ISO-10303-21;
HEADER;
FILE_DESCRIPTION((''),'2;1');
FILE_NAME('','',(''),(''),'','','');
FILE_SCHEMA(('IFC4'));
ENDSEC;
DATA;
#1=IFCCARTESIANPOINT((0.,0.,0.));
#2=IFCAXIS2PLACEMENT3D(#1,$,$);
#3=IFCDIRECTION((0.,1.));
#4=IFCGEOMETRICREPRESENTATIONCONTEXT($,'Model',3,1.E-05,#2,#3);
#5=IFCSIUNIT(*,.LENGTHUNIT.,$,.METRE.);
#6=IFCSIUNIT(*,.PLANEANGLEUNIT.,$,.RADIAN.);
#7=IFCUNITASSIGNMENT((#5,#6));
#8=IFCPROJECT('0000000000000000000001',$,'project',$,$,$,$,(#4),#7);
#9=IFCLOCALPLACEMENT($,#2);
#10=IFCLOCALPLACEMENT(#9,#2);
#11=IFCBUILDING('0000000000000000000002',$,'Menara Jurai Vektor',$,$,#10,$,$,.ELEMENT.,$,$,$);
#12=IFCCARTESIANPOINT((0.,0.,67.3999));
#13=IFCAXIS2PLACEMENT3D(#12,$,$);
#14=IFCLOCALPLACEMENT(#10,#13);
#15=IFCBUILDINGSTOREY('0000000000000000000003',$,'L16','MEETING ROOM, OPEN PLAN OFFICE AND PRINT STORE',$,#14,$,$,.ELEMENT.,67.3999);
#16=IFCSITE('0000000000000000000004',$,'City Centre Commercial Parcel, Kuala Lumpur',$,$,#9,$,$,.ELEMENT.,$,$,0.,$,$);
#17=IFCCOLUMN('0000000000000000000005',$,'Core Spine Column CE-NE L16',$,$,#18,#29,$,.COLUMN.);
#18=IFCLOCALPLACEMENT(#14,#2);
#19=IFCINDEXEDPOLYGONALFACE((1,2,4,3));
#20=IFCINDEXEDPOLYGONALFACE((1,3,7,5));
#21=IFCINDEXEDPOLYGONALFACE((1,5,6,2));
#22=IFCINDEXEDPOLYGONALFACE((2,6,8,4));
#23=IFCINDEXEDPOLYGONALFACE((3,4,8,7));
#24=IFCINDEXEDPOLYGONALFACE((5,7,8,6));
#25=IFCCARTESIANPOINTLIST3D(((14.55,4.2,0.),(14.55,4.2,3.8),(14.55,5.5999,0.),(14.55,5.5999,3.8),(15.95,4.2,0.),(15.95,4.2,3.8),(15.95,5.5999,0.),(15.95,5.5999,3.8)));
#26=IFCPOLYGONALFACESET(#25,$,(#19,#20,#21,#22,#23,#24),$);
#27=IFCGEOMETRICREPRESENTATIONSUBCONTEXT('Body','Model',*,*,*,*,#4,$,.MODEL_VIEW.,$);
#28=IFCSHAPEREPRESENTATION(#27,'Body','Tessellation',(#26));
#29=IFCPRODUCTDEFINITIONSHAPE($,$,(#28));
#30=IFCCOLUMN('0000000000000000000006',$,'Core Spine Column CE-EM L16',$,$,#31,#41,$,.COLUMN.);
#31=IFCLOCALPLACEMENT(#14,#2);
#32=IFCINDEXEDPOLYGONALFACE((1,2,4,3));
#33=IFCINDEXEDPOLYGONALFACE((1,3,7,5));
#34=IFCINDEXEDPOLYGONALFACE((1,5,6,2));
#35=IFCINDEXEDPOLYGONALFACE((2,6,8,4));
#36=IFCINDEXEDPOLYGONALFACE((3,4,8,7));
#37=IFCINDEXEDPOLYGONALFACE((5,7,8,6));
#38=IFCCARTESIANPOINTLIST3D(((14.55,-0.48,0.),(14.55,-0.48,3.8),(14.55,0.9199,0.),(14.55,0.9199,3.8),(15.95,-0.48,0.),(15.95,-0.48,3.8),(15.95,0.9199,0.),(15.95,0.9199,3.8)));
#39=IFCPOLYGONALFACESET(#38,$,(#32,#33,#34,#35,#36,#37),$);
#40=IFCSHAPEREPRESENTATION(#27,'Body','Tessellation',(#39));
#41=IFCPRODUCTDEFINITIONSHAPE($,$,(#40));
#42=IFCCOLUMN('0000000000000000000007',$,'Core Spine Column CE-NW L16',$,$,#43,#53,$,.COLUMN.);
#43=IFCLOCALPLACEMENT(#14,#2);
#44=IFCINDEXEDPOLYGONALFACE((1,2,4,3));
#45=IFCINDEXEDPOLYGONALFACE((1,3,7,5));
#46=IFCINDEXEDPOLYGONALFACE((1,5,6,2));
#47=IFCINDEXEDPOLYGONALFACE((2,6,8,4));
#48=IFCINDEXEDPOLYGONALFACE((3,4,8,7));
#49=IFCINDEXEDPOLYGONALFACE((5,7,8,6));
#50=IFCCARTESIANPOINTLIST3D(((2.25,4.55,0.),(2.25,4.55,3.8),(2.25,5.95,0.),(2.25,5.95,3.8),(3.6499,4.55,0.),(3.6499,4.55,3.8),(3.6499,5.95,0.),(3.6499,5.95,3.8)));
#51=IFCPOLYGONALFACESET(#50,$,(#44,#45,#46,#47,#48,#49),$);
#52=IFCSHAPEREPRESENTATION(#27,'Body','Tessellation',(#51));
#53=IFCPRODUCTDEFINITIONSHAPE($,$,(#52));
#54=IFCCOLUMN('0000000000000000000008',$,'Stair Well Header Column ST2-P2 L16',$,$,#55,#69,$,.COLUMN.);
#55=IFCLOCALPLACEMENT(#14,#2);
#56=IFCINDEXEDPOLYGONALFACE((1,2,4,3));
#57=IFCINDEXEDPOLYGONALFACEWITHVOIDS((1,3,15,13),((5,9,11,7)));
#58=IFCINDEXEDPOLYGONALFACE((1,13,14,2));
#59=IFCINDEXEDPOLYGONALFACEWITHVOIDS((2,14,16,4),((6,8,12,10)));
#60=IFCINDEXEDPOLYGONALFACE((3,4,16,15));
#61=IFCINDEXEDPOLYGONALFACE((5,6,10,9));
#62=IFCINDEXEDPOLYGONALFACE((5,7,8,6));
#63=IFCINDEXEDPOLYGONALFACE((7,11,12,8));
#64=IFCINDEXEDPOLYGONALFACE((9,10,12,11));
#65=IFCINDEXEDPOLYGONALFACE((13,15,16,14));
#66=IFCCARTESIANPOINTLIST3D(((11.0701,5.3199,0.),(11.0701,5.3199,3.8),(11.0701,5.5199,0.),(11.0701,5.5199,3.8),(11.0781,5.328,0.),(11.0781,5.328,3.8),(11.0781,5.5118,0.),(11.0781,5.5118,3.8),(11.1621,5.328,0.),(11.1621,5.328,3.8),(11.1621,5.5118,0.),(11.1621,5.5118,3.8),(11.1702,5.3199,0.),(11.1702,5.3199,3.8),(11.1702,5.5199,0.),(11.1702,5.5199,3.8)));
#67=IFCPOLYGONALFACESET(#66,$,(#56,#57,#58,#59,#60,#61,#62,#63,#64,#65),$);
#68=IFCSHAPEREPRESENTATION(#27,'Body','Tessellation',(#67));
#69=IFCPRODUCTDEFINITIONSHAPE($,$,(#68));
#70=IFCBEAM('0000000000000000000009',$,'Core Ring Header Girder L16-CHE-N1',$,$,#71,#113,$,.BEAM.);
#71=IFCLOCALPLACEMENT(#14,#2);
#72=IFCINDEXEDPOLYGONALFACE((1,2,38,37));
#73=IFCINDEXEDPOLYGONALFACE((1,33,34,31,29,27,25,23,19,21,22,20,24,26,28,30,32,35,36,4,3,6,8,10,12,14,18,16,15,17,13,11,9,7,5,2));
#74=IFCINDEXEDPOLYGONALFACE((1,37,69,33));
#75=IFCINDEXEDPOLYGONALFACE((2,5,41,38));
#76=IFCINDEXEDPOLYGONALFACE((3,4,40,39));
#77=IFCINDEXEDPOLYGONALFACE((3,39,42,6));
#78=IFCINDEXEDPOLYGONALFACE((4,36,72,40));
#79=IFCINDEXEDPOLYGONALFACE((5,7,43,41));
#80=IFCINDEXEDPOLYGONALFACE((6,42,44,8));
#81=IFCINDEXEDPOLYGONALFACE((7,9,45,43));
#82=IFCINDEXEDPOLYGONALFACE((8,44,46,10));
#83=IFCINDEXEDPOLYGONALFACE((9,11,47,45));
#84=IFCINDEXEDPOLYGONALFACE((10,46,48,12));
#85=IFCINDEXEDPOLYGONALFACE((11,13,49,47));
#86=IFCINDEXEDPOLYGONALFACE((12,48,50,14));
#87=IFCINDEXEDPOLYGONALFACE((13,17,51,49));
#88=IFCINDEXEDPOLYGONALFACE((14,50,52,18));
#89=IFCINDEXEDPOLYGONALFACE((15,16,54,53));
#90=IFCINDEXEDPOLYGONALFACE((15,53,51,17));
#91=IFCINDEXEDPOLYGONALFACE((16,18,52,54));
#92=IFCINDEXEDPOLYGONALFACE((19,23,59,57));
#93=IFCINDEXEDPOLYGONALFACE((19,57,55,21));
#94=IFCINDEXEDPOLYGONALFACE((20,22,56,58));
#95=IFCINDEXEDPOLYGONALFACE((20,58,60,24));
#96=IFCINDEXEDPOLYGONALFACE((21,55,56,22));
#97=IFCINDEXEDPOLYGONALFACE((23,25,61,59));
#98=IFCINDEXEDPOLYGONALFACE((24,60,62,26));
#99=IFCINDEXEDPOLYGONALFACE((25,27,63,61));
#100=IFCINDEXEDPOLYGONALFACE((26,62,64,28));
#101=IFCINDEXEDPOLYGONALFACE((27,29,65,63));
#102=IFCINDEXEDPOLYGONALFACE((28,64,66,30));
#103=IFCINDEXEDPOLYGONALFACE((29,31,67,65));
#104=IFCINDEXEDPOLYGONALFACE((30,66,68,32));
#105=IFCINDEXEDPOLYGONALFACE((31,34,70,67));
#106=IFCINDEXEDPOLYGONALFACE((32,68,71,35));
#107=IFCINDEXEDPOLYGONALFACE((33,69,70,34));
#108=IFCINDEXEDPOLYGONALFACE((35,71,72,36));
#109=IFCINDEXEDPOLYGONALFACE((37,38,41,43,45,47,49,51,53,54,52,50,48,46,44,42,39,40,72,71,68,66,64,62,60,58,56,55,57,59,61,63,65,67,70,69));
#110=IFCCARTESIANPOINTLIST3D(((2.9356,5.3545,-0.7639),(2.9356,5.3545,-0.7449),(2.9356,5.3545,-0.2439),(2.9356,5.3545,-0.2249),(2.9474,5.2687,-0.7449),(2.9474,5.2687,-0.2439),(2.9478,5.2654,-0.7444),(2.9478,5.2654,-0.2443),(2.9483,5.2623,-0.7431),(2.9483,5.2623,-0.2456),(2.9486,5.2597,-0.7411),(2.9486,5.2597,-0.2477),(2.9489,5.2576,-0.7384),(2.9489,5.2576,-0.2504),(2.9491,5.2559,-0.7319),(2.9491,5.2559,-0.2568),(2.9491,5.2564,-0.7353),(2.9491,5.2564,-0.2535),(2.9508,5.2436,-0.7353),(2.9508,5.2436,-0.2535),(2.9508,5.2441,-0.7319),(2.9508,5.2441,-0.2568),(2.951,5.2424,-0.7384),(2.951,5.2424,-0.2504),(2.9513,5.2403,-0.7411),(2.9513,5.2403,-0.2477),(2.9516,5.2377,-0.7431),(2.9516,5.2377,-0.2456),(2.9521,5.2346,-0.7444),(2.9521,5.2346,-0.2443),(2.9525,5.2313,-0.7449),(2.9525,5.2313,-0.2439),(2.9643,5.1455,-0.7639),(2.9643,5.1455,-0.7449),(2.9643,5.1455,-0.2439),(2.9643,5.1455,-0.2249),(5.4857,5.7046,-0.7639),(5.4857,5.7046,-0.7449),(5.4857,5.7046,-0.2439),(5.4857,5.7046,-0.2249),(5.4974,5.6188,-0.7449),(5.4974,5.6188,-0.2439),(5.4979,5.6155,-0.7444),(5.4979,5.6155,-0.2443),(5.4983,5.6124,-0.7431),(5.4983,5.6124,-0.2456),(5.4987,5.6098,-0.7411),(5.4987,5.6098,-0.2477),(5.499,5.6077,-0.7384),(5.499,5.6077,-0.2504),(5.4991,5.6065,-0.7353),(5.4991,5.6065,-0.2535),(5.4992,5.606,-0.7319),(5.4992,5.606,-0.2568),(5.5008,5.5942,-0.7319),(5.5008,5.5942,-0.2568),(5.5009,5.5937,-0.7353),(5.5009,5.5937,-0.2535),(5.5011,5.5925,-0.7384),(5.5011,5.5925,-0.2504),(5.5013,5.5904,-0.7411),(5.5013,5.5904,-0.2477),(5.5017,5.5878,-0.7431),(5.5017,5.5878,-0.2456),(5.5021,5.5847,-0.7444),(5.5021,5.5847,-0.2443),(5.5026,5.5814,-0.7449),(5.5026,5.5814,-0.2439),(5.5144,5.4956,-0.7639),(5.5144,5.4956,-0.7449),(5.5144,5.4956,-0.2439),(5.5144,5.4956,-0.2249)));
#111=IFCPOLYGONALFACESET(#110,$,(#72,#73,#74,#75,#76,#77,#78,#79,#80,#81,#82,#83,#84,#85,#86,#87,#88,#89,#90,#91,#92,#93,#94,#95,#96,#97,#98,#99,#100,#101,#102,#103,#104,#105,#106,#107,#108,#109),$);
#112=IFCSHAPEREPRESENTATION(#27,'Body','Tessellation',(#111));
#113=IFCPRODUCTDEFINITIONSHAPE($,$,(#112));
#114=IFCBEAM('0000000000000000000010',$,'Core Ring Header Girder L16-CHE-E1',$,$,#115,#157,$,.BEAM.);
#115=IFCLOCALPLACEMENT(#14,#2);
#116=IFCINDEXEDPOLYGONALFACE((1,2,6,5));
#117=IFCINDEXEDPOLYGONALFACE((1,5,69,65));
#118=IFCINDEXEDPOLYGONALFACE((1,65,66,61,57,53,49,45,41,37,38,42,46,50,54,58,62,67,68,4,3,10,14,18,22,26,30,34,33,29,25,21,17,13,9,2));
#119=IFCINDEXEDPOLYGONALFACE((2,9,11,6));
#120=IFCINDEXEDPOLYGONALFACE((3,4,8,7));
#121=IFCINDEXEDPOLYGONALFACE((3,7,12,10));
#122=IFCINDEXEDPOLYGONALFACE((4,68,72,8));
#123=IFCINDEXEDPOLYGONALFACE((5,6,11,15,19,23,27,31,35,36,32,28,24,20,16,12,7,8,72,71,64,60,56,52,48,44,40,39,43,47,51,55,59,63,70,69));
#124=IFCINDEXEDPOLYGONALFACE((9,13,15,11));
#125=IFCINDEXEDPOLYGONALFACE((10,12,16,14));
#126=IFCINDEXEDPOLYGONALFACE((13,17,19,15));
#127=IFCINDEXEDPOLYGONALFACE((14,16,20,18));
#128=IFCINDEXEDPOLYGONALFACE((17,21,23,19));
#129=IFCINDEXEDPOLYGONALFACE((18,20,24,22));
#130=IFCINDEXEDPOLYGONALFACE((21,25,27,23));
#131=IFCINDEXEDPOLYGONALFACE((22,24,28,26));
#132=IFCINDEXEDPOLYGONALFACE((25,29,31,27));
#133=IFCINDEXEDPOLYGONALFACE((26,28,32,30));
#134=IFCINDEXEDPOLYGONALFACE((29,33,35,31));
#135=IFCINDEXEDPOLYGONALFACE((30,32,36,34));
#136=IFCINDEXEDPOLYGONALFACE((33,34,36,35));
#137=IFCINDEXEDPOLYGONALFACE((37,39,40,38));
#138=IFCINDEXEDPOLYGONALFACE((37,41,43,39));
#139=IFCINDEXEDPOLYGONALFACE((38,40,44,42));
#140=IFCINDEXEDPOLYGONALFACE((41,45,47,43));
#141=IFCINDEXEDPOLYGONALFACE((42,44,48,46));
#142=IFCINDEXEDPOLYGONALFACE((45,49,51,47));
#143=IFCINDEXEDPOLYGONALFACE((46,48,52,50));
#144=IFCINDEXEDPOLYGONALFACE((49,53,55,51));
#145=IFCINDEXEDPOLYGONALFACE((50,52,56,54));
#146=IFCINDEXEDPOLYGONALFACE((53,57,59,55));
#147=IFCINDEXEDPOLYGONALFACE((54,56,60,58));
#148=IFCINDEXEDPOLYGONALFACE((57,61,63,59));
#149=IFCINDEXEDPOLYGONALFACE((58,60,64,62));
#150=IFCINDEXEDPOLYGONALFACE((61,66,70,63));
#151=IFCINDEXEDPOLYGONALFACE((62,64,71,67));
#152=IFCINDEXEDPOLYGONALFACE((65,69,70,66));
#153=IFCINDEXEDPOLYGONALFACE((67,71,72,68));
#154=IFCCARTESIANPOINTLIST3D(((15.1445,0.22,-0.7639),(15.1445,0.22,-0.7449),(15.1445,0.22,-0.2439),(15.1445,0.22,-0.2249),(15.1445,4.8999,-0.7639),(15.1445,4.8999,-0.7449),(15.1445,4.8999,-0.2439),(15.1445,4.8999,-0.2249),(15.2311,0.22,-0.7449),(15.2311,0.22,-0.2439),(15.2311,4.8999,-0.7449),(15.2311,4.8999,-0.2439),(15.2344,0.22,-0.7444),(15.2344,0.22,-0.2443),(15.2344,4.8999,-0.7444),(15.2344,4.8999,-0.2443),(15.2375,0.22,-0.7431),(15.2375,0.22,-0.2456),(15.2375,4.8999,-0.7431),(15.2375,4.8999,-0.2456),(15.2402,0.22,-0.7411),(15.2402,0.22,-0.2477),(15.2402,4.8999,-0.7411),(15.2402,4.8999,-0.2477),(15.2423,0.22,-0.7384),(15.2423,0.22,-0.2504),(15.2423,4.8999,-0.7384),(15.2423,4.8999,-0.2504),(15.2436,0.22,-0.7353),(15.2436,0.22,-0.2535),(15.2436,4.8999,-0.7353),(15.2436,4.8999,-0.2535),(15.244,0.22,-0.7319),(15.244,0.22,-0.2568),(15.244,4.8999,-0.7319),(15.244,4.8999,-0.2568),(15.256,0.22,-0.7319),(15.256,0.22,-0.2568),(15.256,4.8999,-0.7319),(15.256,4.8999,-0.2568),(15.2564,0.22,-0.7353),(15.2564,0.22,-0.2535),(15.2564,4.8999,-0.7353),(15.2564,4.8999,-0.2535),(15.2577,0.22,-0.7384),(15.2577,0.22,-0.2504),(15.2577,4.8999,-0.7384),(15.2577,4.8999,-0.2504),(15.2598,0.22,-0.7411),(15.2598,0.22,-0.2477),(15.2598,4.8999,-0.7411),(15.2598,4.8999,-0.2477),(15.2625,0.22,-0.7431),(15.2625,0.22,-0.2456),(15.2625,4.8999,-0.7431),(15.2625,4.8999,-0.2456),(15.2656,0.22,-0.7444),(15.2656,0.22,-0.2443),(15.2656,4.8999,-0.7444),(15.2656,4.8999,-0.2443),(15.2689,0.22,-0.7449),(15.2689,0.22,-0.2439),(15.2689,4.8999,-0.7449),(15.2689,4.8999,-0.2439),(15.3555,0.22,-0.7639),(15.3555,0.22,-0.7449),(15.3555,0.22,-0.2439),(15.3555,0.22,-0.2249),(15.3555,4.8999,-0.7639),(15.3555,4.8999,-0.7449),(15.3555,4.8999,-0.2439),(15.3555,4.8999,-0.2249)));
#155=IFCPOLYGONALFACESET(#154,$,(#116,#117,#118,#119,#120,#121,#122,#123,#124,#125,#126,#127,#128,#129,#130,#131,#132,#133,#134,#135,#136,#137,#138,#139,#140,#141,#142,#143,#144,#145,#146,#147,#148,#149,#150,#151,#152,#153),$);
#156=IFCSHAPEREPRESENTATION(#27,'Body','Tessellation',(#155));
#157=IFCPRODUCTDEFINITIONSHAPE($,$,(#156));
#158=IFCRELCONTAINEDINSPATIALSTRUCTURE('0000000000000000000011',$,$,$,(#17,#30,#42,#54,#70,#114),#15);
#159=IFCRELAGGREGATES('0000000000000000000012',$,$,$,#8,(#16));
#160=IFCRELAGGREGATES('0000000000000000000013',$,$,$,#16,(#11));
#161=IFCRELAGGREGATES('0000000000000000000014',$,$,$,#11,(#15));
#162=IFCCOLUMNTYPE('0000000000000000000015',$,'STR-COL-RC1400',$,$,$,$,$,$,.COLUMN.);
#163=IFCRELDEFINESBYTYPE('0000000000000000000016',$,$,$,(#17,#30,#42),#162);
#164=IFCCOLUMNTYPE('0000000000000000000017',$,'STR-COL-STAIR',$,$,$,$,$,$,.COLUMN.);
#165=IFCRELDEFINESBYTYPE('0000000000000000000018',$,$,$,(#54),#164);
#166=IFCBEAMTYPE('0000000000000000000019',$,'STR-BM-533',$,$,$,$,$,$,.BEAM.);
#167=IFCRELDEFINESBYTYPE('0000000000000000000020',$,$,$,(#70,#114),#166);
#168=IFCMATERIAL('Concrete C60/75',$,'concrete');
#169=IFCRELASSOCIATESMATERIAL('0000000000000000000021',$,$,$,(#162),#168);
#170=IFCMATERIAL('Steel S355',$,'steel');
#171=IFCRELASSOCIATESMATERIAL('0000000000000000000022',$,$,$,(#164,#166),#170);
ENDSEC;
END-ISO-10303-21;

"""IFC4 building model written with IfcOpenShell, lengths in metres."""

from ifc_helpers import new_model, si_unit, direction, frame, origin, origin_2d, place, context, subcontext, project, spatial, rectangle, hollow_rectangle, i_section, extrude, material, material_profile, profile_set, type_object, element, save


model = new_model("IFC4")

# Units and contexts
model_context = context("Model", 3, precision=1e-05, world=origin(), true_north=direction((0.0, 1.0)))
body_context = subcontext(model_context, "Body", "Model", "MODEL_VIEW")
ifc_project = project(units=[si_unit("LENGTHUNIT", "METRE"), si_unit("PLANEANGLEUNIT", "RADIAN")], contexts=[model_context])

# Site, building, storey
site_placement = place(None, origin())
site = spatial("IfcSite", under=ifc_project, at=site_placement, Name="City Centre Commercial Parcel, Kuala Lumpur", CompositionType="ELEMENT", RefElevation=0.0)
building_placement = place(site_placement, origin())
building = spatial("IfcBuilding", under=site, at=building_placement, Name="Menara Jurai Vektor", CompositionType="ELEMENT")
storey_placement = place(building_placement, frame((0.0, 0.0, 67.3999)))
storey = spatial("IfcBuildingStorey", under=building, at=storey_placement, Name="L16", Description="MEETING ROOM, OPEN PLAN OFFICE AND PRINT STORE", CompositionType="ELEMENT", Elevation=67.3999)

# Columns
ifc_material_1 = material(Name="Concrete C60/75", Category="concrete")
ifc_material_profile_1 = material_profile(ifc_material_1, rectangle(XDim=1.3999, YDim=1.3999, at=origin_2d()), Name="RC 1400x1400")
ifc_profile_set_1 = profile_set([ifc_material_profile_1], Name="Concrete C60/75")
column_type_1 = type_object("IfcColumnType", Name="STR-COL-RC1400", PredefinedType="COLUMN", material=ifc_profile_set_1)
for number, where, z_axis, x_axis, name in (
    (1, (15.25, 4.8999, 0.0), (0.0, 0.0, 1.0), (1.0, 0.0, 0.0), "Core Spine Column CE-NE L16"),
    (2, (15.25, 0.22, 0.0), (0.0, 0.0, 1.0), (1.0, 0.0, 0.0), "Core Spine Column CE-EM L16"),
    (3, (2.95, 5.25, 0.0), (0.0, 0.0, 1.0), (1.0, 0.0, 0.0), "Core Spine Column CE-NW L16"),
):
    element("IfcColumn", number, at=place(storey_placement, frame(where, z_axis=z_axis, x_axis=x_axis)), inside=storey, type_object=column_type_1, Name=name, PredefinedType="COLUMN", context=body_context, shape_type="SweptSolid", body=[
        extrude(rectangle(XDim=1.3999, YDim=1.3999, at=origin_2d()), origin(), (0.0, 0.0, 1.0), 3.8),
    ])
ifc_material_2 = material(Name="Steel S355", Category="steel")
ifc_material_profile_2 = material_profile(ifc_material_2, hollow_rectangle(XDim=0.1001, YDim=0.2, WallThickness=0.0081, at=origin_2d()), Name="RHS 200x100x8")
ifc_profile_set_2 = profile_set([ifc_material_profile_2], Name="Steel S355")
column_type_2 = type_object("IfcColumnType", Name="STR-COL-STAIR", PredefinedType="COLUMN", material=ifc_profile_set_2)
column_placement = place(storey_placement, frame((11.1201, 5.4199, 0.0), z_axis=(0.0, 0.0, 1.0), x_axis=(1.0, 0.0, 0.0)))
element("IfcColumn", 4, at=column_placement, inside=storey, type_object=column_type_2, Name="Stair Well Header Column ST2-P2 L16", PredefinedType="COLUMN", context=body_context, shape_type="SweptSolid", body=[
    extrude(hollow_rectangle(XDim=0.1001, YDim=0.2, WallThickness=0.0081, at=origin_2d()), origin(), (0.0, 0.0, 1.0), 3.8),
])

# Beams
ifc_material_profile_3 = material_profile(ifc_material_2, i_section(OverallWidth=0.2109, OverallDepth=0.5391, WebThickness=0.012, FlangeThickness=0.019, FilletRadius=0.0129, at=origin_2d()), Name="UKB 533x210x109")
ifc_profile_set_3 = profile_set([ifc_material_profile_3], Name="Steel S355")
beam_type_1 = type_object("IfcBeamType", Name="STR-BM-533", PredefinedType="BEAM", material=ifc_profile_set_3)
beam_1_placement = place(storey_placement, frame((2.95, 5.25, -0.4944), z_axis=(0.990707, 0.136015, 0.0), x_axis=(-0.136015, 0.990707, 0.0)))
element("IfcBeam", 5, at=beam_1_placement, inside=storey, type_object=beam_type_1, Name="Core Ring Header Girder L16-CHE-N1", PredefinedType="BEAM", context=body_context, shape_type="SweptSolid", body=[
    extrude(i_section(OverallWidth=0.2109, OverallDepth=0.5391, WebThickness=0.012, FlangeThickness=0.019, FilletRadius=0.0129, at=origin_2d()), origin(), (0.0, 0.0, 1.0), 2.574),
])
beam_2_placement = place(storey_placement, frame((15.25, 0.22, -0.4944), z_axis=(0.0, 1.0, 0.0), x_axis=(-1.0, 0.0, 0.0)))
element("IfcBeam", 6, at=beam_2_placement, inside=storey, type_object=beam_type_1, Name="Core Ring Header Girder L16-CHE-E1", PredefinedType="BEAM", context=body_context, shape_type="SweptSolid", body=[
    extrude(i_section(OverallWidth=0.2109, OverallDepth=0.5391, WebThickness=0.012, FlangeThickness=0.019, FilletRadius=0.0129, at=origin_2d()), origin(), (0.0, 0.0, 1.0), 4.6799),
])

save(model, "model.ifc")
